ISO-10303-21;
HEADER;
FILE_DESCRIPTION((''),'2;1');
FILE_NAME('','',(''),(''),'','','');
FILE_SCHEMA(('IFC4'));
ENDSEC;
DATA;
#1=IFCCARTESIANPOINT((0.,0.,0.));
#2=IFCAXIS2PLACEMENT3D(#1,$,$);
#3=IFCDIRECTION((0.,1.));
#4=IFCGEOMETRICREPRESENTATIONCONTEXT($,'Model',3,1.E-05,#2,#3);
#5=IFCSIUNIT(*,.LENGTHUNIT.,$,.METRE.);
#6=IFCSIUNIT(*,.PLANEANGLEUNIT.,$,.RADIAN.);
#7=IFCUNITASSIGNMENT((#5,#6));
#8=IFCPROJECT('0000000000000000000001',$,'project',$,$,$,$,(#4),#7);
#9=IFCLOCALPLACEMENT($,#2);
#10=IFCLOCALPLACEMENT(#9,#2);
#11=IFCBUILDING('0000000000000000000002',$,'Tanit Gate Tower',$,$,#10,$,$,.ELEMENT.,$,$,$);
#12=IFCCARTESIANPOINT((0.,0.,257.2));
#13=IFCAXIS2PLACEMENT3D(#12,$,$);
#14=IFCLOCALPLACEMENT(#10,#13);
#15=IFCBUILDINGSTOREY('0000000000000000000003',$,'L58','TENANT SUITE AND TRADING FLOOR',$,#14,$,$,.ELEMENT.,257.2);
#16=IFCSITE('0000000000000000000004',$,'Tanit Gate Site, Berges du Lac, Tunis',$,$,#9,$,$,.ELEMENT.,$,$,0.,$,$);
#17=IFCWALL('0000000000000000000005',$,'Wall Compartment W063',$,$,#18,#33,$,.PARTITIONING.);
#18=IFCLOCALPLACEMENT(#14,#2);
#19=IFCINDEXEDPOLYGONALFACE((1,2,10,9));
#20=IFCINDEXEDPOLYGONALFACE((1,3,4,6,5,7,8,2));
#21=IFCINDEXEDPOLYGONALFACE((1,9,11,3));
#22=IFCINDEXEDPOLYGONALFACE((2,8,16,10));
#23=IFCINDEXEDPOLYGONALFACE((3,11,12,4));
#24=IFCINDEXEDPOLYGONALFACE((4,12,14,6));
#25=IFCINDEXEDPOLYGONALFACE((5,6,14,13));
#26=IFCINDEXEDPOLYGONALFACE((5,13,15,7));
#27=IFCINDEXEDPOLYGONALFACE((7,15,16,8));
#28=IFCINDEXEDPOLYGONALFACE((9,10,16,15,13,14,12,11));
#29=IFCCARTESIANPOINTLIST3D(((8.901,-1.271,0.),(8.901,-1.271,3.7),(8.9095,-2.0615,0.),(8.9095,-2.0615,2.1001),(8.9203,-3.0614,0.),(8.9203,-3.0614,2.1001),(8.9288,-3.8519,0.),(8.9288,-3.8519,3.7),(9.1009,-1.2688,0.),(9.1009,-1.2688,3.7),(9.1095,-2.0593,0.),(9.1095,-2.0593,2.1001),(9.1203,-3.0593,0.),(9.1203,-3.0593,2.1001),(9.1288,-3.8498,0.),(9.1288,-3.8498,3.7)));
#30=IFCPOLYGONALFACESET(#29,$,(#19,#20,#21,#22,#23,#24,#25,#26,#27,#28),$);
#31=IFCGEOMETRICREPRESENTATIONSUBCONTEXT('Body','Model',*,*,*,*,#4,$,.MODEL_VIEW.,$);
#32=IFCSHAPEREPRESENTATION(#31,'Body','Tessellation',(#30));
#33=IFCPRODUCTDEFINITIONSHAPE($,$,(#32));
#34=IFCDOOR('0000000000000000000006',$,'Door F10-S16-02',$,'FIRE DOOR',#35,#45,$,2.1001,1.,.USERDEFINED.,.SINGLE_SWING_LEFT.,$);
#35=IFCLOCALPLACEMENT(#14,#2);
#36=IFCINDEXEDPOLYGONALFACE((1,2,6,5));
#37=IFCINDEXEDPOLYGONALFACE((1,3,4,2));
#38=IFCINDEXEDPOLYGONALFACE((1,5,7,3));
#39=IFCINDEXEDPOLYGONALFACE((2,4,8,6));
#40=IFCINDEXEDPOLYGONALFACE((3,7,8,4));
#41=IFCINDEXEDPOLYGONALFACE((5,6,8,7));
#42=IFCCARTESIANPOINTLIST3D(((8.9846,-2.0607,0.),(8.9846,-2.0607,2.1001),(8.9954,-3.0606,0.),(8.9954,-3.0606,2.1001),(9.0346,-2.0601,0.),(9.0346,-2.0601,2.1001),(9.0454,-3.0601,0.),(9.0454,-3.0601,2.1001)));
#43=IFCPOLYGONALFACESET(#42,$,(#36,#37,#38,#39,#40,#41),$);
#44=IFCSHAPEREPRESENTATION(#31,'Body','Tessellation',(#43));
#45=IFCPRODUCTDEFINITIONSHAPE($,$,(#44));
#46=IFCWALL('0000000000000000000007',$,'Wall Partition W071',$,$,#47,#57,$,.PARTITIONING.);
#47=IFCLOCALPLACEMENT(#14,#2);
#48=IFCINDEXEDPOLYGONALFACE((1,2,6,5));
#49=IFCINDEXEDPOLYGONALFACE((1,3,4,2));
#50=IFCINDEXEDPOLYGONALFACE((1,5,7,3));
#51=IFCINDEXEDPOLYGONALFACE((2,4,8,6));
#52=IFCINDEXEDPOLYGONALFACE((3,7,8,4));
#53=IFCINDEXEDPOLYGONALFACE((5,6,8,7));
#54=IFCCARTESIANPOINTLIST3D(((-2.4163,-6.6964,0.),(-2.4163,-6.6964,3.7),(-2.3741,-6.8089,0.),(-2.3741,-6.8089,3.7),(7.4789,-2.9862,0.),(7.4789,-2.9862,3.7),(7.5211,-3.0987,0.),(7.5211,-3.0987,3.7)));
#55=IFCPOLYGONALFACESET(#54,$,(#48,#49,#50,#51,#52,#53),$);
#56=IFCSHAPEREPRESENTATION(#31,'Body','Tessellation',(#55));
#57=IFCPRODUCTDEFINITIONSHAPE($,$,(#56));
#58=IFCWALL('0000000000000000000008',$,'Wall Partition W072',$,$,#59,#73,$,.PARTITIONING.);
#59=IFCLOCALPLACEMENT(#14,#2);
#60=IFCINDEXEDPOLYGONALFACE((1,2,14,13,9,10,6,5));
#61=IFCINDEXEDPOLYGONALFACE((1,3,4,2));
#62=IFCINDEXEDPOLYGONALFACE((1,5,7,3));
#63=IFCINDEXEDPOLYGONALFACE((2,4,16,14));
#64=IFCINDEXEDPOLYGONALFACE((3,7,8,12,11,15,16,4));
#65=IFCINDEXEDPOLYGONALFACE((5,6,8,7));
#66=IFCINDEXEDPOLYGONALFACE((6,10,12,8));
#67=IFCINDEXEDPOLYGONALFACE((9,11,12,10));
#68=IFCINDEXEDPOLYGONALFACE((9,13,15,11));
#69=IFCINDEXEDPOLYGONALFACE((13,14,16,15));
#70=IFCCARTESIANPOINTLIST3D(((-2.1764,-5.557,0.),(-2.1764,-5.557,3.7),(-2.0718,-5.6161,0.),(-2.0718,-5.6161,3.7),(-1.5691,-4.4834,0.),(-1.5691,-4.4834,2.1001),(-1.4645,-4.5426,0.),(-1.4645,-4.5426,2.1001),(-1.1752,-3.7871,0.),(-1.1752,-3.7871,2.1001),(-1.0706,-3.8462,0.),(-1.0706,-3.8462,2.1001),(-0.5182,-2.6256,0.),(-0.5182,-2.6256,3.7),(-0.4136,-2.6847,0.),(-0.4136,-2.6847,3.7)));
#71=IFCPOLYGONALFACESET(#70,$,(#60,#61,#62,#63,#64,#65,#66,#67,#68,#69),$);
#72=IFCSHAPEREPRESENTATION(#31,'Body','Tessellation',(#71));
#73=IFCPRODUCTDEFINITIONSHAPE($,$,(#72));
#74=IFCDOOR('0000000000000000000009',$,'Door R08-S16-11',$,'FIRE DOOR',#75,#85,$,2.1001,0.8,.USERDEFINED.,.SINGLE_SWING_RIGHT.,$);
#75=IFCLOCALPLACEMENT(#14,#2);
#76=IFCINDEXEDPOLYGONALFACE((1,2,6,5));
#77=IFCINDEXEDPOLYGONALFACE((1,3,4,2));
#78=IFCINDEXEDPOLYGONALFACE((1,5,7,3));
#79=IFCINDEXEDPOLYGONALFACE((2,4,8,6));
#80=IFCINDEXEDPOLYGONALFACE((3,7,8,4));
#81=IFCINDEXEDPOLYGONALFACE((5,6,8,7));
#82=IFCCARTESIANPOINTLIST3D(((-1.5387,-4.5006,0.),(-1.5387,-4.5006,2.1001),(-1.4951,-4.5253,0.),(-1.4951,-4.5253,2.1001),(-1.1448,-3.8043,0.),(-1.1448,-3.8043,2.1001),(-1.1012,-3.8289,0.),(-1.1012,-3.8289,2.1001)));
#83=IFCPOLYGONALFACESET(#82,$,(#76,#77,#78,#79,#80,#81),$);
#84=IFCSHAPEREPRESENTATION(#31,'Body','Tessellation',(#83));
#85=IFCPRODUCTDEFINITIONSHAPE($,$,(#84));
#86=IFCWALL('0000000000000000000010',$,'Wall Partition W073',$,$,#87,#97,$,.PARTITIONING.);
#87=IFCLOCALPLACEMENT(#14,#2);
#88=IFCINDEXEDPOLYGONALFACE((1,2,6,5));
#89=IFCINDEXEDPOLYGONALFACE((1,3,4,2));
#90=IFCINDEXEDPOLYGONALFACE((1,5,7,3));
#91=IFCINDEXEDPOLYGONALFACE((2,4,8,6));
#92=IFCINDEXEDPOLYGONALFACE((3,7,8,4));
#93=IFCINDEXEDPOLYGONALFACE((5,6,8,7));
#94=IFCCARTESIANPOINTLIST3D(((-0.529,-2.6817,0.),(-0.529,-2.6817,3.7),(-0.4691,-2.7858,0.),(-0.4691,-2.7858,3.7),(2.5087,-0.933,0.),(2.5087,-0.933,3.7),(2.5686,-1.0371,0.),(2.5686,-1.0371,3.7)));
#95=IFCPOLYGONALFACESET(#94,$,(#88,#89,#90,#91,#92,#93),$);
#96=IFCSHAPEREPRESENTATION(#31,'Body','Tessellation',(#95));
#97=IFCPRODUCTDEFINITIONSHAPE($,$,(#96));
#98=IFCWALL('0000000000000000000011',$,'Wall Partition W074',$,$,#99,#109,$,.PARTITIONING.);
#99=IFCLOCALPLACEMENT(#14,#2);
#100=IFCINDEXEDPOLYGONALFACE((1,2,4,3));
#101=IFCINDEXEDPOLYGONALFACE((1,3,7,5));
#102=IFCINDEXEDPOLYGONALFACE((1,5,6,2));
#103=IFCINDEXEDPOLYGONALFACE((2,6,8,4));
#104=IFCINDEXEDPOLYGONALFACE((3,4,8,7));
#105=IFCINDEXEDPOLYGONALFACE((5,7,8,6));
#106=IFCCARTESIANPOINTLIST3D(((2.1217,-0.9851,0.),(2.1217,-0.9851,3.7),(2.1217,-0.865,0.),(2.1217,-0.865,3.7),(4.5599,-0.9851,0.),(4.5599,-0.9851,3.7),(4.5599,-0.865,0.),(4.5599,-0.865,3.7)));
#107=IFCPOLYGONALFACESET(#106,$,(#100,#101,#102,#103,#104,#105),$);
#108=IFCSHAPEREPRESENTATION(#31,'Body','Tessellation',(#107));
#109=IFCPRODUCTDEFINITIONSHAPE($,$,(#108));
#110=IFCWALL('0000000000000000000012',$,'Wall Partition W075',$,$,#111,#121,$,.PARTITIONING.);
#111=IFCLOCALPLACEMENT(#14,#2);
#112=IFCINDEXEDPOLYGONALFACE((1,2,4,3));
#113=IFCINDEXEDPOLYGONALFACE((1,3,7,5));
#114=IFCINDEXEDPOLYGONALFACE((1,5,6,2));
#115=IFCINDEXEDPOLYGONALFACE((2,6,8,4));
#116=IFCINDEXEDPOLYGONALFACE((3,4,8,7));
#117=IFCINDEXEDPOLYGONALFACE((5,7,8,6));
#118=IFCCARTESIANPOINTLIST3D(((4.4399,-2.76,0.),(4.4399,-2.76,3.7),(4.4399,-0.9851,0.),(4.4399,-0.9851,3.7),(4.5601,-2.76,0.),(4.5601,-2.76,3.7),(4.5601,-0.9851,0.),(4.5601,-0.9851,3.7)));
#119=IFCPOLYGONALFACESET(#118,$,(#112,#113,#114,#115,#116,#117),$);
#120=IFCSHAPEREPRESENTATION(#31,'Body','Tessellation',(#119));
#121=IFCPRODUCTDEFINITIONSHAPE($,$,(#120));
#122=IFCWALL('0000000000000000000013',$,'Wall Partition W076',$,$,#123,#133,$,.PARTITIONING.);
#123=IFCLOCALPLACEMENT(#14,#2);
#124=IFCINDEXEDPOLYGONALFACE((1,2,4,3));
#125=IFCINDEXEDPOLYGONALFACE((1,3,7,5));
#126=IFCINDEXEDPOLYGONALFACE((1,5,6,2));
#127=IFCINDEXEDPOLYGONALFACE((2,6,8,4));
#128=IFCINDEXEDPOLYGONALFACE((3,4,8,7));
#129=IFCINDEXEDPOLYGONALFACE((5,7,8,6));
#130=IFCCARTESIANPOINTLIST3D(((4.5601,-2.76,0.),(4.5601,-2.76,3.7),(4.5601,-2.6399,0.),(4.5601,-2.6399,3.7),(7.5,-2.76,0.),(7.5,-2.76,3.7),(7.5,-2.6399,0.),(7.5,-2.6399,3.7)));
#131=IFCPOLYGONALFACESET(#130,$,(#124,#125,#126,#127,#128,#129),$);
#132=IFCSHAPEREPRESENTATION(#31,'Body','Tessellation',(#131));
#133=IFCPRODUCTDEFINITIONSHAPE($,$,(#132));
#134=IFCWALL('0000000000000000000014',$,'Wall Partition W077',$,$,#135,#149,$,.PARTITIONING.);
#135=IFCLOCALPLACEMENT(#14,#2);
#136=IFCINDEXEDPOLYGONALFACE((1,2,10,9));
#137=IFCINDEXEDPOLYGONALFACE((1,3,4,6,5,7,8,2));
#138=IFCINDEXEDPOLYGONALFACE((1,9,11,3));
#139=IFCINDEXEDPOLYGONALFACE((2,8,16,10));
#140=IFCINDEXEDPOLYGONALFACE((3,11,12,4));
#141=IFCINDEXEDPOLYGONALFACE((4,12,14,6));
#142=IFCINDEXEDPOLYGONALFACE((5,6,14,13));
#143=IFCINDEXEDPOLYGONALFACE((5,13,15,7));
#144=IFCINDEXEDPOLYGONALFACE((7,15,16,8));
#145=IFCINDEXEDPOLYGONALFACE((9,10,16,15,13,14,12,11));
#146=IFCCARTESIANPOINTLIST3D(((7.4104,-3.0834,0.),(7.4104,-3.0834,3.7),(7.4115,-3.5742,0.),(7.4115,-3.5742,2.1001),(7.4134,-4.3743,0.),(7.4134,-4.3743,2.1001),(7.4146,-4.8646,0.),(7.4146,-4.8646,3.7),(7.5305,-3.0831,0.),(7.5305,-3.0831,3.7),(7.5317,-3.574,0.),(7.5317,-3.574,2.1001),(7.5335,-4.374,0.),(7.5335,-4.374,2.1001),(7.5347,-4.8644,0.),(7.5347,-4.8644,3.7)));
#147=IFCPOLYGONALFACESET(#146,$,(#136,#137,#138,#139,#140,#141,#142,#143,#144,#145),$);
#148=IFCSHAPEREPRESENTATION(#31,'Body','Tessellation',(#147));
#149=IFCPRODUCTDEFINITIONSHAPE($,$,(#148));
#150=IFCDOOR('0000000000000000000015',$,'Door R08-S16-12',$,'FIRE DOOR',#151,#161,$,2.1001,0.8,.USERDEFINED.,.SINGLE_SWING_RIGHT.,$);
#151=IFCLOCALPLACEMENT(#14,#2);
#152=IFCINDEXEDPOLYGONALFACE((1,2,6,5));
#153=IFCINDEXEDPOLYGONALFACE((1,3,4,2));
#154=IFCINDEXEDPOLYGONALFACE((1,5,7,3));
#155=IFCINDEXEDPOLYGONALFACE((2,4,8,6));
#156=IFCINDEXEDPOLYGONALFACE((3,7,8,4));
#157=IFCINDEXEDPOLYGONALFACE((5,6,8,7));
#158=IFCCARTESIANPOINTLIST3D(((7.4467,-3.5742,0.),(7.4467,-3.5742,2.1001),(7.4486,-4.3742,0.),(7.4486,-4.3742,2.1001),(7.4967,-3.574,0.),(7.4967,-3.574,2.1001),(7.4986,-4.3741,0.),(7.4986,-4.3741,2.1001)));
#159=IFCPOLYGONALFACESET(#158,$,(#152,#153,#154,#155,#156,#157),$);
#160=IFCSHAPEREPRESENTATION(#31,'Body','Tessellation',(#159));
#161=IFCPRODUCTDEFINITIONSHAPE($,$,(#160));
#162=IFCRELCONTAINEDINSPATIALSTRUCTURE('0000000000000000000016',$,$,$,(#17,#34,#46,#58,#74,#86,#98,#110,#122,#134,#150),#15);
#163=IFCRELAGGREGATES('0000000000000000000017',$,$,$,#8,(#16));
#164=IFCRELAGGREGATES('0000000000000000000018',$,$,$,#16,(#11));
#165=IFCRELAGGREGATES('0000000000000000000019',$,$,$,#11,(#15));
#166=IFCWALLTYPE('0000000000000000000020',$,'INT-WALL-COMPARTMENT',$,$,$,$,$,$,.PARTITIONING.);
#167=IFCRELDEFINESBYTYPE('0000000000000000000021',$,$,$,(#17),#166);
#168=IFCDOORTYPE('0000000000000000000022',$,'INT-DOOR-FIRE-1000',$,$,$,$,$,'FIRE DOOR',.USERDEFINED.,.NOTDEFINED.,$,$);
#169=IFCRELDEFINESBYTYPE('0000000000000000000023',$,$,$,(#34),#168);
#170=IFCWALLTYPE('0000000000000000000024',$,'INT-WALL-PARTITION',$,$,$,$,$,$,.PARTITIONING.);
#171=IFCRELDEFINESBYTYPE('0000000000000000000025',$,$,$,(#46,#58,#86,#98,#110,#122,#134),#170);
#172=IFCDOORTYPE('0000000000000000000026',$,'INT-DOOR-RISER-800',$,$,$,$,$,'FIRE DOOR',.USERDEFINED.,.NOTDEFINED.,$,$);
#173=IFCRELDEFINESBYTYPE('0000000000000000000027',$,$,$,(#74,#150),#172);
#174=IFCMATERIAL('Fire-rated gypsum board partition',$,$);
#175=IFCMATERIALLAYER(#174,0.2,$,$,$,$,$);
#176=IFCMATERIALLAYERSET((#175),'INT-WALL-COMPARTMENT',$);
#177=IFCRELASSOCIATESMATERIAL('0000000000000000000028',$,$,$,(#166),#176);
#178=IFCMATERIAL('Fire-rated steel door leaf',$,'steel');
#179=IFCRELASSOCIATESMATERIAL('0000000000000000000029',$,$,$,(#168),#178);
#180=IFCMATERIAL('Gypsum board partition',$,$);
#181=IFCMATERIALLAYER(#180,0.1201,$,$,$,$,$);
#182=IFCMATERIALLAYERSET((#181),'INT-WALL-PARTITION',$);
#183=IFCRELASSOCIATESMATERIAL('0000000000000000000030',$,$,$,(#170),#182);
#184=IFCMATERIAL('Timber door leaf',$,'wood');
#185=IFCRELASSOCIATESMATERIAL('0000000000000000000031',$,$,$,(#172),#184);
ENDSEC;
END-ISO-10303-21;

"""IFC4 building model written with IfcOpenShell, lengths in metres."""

from ifc_helpers import new_model, si_unit, direction, frame, frame_2d, origin, place, context, subcontext, project, spatial, rectangle, extrude, material, layer, layer_set, type_object, element, fill, save


model = new_model("IFC4")

# Units and contexts
model_context = context("Model", 3, precision=1e-05, world=origin(), true_north=direction((0.0, 1.0)))
body_context = subcontext(model_context, "Body", "Model", "MODEL_VIEW")
ifc_project = project(units=[si_unit("LENGTHUNIT", "METRE"), si_unit("PLANEANGLEUNIT", "RADIAN")], contexts=[model_context])

# Site, building, storey
site_placement = place(None, origin())
site = spatial("IfcSite", under=ifc_project, at=site_placement, Name="Tanit Gate Site, Berges du Lac, Tunis", CompositionType="ELEMENT", RefElevation=0.0)
building_placement = place(site_placement, origin())
building = spatial("IfcBuilding", under=site, at=building_placement, Name="Tanit Gate Tower", CompositionType="ELEMENT")
storey_placement = place(building_placement, frame((0.0, 0.0, 257.2)))
storey = spatial("IfcBuildingStorey", under=building, at=storey_placement, Name="L58", Description="TENANT SUITE AND TRADING FLOOR", CompositionType="ELEMENT", Elevation=257.2)

# Wall, opening, door
ifc_material_1 = material(Name="Fire-rated gypsum board partition")
ifc_layer_1 = layer(ifc_material_1, 0.2)
ifc_layer_set_1 = layer_set([ifc_layer_1], Name="INT-WALL-COMPARTMENT")
wall_type_1 = type_object("IfcWallType", Name="INT-WALL-COMPARTMENT", PredefinedType="PARTITIONING", material=ifc_layer_set_1)
wall_1_placement = place(storey_placement, frame((9.0288, -3.8508, 0.0), z_axis=(0.0, 0.0, 1.0), x_axis=(-0.010784, 0.999942, 0.0)))
wall_1 = element("IfcWall", 1, at=wall_1_placement, inside=storey, type_object=wall_type_1, Name="Wall Compartment W063", PredefinedType="PARTITIONING", context=body_context, shape_type="SweptSolid", body=[
    extrude(rectangle(XDim=2.5811, YDim=0.2, at=frame_2d((1.2905, 0.0))), origin(), (0.0, 0.0, 1.0), 3.7),
])
opening_1_placement = place(wall_1_placement, frame((0.7905, 0.0, 0.0)))
opening_1 = element("IfcOpeningElement", 2, at=opening_1_placement, cuts=wall_1, PredefinedType="OPENING", context=body_context, shape_type="SweptSolid", body=[
    extrude(rectangle(XDim=1.0, YDim=2.1001, at=frame_2d((0.5, 1.05))), frame((0.0, 0.1099, 0.0), z_axis=(0.0, -1.0, 0.0), x_axis=(1.0, 0.0, 0.0)), (0.0, 0.0, 1.0), 0.22),
])
ifc_material_2 = material(Name="Fire-rated steel door leaf", Category="steel")
door_type_1 = type_object("IfcDoorType", Name="INT-DOOR-FIRE-1000", ElementType="FIRE DOOR", OperationType="NOTDEFINED", PredefinedType="USERDEFINED", material=ifc_material_2)
door_1_placement = place(opening_1_placement, origin())
door_1 = element("IfcDoor", 3, at=door_1_placement, inside=storey, type_object=door_type_1, Name="Door F10-S16-02", ObjectType="FIRE DOOR", OperationType="SINGLE_SWING_LEFT", OverallHeight=2.1001, OverallWidth=1.0, PredefinedType="USERDEFINED", context=body_context, shape_type="SweptSolid", body=[
    extrude(rectangle(XDim=1.0, YDim=2.1001, at=frame_2d((0.5, 1.05))), frame((0.0, 0.0249, 0.0), z_axis=(0.0, -1.0, 0.0), x_axis=(1.0, 0.0, 0.0)), (0.0, 0.0, 1.0), 0.05),
])
fill(opening_1, door_1)

# Wall
ifc_material_3 = material(Name="Gypsum board partition")
ifc_layer_2 = layer(ifc_material_3, 0.1201)
ifc_layer_set_2 = layer_set([ifc_layer_2], Name="INT-WALL-PARTITION")
wall_type_2 = type_object("IfcWallType", Name="INT-WALL-PARTITION", PredefinedType="PARTITIONING", material=ifc_layer_set_2)
wall_2_placement = place(storey_placement, frame((7.5, -3.0425, 0.0), z_axis=(0.0, 0.0, 1.0), x_axis=(-0.936345, -0.35108, 0.0)))
element("IfcWall", 4, at=wall_2_placement, inside=storey, type_object=wall_type_2, Name="Wall Partition W071", PredefinedType="PARTITIONING", context=body_context, shape_type="SweptSolid", body=[
    extrude(rectangle(XDim=10.5679, YDim=0.1201, at=frame_2d((5.2839, 0.0))), origin(), (0.0, 0.0, 1.0), 3.7),
])

# Wall, opening, door
wall_3_placement = place(storey_placement, frame((-0.4658, -2.655, 0.0), z_axis=(0.0, 0.0, 1.0), x_axis=(-0.492356, -0.870394, 0.0)))
wall_3 = element("IfcWall", 5, at=wall_3_placement, inside=storey, type_object=wall_type_2, Name="Wall Partition W072", PredefinedType="PARTITIONING", context=body_context, shape_type="SweptSolid", body=[
    extrude(rectangle(XDim=3.3679, YDim=0.1201, at=frame_2d((1.6841, 0.0))), origin(), (0.0, 0.0, 1.0), 3.7),
])
opening_2_placement = place(wall_3_placement, frame((1.3347, 0.0, 0.0)))
opening_2 = element("IfcOpeningElement", 6, at=opening_2_placement, cuts=wall_3, PredefinedType="OPENING", context=body_context, shape_type="SweptSolid", body=[
    extrude(rectangle(XDim=0.8, YDim=2.1001, at=frame_2d((0.3999, 1.05))), frame((0.0, 0.0701, 0.0), z_axis=(0.0, -1.0, 0.0), x_axis=(1.0, 0.0, 0.0)), (0.0, 0.0, 1.0), 0.1401),
])
ifc_material_4 = material(Name="Timber door leaf", Category="wood")
door_type_2 = type_object("IfcDoorType", Name="INT-DOOR-RISER-800", ElementType="FIRE DOOR", OperationType="NOTDEFINED", PredefinedType="USERDEFINED", material=ifc_material_4)
door_2_placement = place(opening_2_placement, origin())
door_2 = element("IfcDoor", 7, at=door_2_placement, inside=storey, type_object=door_type_2, Name="Door R08-S16-11", ObjectType="FIRE DOOR", OperationType="SINGLE_SWING_RIGHT", OverallHeight=2.1001, OverallWidth=0.8, PredefinedType="USERDEFINED", context=body_context, shape_type="SweptSolid", body=[
    extrude(rectangle(XDim=0.8, YDim=2.1001, at=frame_2d((0.3999, 1.05))), frame((0.0, 0.0249, 0.0), z_axis=(0.0, -1.0, 0.0), x_axis=(1.0, 0.0, 0.0)), (0.0, 0.0, 1.0), 0.05),
])
fill(opening_2, door_2)

# Walls
wall_4_placement = place(storey_placement, frame((2.5386, -0.9851, 0.0), z_axis=(0.0, 0.0, 1.0), x_axis=(-0.866657, -0.498904, 0.0)))
element("IfcWall", 8, at=wall_4_placement, inside=storey, type_object=wall_type_2, Name="Wall Partition W073", PredefinedType="PARTITIONING", context=body_context, shape_type="SweptSolid", body=[
    extrude(rectangle(XDim=3.5051, YDim=0.1201, at=frame_2d((1.7524, 0.0))), origin(), (0.0, 0.0, 1.0), 3.7),
])
wall_5_placement = place(storey_placement, frame((4.5601, -0.925, 0.0), z_axis=(0.0, 0.0, 1.0), x_axis=(-1.0, 0.0, 0.0)))
element("IfcWall", 9, at=wall_5_placement, inside=storey, type_object=wall_type_2, Name="Wall Partition W074", PredefinedType="PARTITIONING", context=body_context, shape_type="SweptSolid", body=[
    extrude(rectangle(XDim=2.4382, YDim=0.1201, at=frame_2d((1.2192, 0.0))), origin(), (0.0, 0.0, 1.0), 3.7),
])
wall_6_placement = place(storey_placement, frame((4.5, -2.76, 0.0), z_axis=(0.0, 0.0, 1.0), x_axis=(0.0, 1.0, 0.0)))
element("IfcWall", 10, at=wall_6_placement, inside=storey, type_object=wall_type_2, Name="Wall Partition W075", PredefinedType="PARTITIONING", context=body_context, shape_type="SweptSolid", body=[
    extrude(rectangle(XDim=1.7749, YDim=0.1201, at=frame_2d((0.8875, 0.0))), origin(), (0.0, 0.0, 1.0), 3.7),
])
wall_7_placement = place(storey_placement, frame((7.5, -2.7, 0.0), z_axis=(0.0, 0.0, 1.0), x_axis=(-1.0, 0.0, 0.0)))
element("IfcWall", 11, at=wall_7_placement, inside=storey, type_object=wall_type_2, Name="Wall Partition W076", PredefinedType="PARTITIONING", context=body_context, shape_type="SweptSolid", body=[
    extrude(rectangle(XDim=2.9399, YDim=0.1201, at=frame_2d((1.47, 0.0))), origin(), (0.0, 0.0, 1.0), 3.7),
])

# Wall, opening, door
wall_8_placement = place(storey_placement, frame((7.4746, -4.8645, 0.0), z_axis=(0.0, 0.0, 1.0), x_axis=(-0.00233, 0.999997, 0.0)))
wall_8 = element("IfcWall", 12, at=wall_8_placement, inside=storey, type_object=wall_type_2, Name="Wall Partition W077", PredefinedType="PARTITIONING", context=body_context, shape_type="SweptSolid", body=[
    extrude(rectangle(XDim=1.7812, YDim=0.1201, at=frame_2d((0.8906, 0.0))), origin(), (0.0, 0.0, 1.0), 3.7),
])
opening_3_placement = place(wall_8_placement, frame((0.4905, 0.0, 0.0)))
opening_3 = element("IfcOpeningElement", 13, at=opening_3_placement, cuts=wall_8, PredefinedType="OPENING", context=body_context, shape_type="SweptSolid", body=[
    extrude(rectangle(XDim=0.8, YDim=2.1001, at=frame_2d((0.3999, 1.05))), frame((0.0, 0.0701, 0.0), z_axis=(0.0, -1.0, 0.0), x_axis=(1.0, 0.0, 0.0)), (0.0, 0.0, 1.0), 0.1401),
])
door_3_placement = place(opening_3_placement, origin())
door_3 = element("IfcDoor", 14, at=door_3_placement, inside=storey, type_object=door_type_2, Name="Door R08-S16-12", ObjectType="FIRE DOOR", OperationType="SINGLE_SWING_RIGHT", OverallHeight=2.1001, OverallWidth=0.8, PredefinedType="USERDEFINED", context=body_context, shape_type="SweptSolid", body=[
    extrude(rectangle(XDim=0.8, YDim=2.1001, at=frame_2d((0.3999, 1.05))), frame((0.0, 0.0249, 0.0), z_axis=(0.0, -1.0, 0.0), x_axis=(1.0, 0.0, 0.0)), (0.0, 0.0, 1.0), 0.05),
])
fill(opening_3, door_3)

save(model, "model.ifc")
